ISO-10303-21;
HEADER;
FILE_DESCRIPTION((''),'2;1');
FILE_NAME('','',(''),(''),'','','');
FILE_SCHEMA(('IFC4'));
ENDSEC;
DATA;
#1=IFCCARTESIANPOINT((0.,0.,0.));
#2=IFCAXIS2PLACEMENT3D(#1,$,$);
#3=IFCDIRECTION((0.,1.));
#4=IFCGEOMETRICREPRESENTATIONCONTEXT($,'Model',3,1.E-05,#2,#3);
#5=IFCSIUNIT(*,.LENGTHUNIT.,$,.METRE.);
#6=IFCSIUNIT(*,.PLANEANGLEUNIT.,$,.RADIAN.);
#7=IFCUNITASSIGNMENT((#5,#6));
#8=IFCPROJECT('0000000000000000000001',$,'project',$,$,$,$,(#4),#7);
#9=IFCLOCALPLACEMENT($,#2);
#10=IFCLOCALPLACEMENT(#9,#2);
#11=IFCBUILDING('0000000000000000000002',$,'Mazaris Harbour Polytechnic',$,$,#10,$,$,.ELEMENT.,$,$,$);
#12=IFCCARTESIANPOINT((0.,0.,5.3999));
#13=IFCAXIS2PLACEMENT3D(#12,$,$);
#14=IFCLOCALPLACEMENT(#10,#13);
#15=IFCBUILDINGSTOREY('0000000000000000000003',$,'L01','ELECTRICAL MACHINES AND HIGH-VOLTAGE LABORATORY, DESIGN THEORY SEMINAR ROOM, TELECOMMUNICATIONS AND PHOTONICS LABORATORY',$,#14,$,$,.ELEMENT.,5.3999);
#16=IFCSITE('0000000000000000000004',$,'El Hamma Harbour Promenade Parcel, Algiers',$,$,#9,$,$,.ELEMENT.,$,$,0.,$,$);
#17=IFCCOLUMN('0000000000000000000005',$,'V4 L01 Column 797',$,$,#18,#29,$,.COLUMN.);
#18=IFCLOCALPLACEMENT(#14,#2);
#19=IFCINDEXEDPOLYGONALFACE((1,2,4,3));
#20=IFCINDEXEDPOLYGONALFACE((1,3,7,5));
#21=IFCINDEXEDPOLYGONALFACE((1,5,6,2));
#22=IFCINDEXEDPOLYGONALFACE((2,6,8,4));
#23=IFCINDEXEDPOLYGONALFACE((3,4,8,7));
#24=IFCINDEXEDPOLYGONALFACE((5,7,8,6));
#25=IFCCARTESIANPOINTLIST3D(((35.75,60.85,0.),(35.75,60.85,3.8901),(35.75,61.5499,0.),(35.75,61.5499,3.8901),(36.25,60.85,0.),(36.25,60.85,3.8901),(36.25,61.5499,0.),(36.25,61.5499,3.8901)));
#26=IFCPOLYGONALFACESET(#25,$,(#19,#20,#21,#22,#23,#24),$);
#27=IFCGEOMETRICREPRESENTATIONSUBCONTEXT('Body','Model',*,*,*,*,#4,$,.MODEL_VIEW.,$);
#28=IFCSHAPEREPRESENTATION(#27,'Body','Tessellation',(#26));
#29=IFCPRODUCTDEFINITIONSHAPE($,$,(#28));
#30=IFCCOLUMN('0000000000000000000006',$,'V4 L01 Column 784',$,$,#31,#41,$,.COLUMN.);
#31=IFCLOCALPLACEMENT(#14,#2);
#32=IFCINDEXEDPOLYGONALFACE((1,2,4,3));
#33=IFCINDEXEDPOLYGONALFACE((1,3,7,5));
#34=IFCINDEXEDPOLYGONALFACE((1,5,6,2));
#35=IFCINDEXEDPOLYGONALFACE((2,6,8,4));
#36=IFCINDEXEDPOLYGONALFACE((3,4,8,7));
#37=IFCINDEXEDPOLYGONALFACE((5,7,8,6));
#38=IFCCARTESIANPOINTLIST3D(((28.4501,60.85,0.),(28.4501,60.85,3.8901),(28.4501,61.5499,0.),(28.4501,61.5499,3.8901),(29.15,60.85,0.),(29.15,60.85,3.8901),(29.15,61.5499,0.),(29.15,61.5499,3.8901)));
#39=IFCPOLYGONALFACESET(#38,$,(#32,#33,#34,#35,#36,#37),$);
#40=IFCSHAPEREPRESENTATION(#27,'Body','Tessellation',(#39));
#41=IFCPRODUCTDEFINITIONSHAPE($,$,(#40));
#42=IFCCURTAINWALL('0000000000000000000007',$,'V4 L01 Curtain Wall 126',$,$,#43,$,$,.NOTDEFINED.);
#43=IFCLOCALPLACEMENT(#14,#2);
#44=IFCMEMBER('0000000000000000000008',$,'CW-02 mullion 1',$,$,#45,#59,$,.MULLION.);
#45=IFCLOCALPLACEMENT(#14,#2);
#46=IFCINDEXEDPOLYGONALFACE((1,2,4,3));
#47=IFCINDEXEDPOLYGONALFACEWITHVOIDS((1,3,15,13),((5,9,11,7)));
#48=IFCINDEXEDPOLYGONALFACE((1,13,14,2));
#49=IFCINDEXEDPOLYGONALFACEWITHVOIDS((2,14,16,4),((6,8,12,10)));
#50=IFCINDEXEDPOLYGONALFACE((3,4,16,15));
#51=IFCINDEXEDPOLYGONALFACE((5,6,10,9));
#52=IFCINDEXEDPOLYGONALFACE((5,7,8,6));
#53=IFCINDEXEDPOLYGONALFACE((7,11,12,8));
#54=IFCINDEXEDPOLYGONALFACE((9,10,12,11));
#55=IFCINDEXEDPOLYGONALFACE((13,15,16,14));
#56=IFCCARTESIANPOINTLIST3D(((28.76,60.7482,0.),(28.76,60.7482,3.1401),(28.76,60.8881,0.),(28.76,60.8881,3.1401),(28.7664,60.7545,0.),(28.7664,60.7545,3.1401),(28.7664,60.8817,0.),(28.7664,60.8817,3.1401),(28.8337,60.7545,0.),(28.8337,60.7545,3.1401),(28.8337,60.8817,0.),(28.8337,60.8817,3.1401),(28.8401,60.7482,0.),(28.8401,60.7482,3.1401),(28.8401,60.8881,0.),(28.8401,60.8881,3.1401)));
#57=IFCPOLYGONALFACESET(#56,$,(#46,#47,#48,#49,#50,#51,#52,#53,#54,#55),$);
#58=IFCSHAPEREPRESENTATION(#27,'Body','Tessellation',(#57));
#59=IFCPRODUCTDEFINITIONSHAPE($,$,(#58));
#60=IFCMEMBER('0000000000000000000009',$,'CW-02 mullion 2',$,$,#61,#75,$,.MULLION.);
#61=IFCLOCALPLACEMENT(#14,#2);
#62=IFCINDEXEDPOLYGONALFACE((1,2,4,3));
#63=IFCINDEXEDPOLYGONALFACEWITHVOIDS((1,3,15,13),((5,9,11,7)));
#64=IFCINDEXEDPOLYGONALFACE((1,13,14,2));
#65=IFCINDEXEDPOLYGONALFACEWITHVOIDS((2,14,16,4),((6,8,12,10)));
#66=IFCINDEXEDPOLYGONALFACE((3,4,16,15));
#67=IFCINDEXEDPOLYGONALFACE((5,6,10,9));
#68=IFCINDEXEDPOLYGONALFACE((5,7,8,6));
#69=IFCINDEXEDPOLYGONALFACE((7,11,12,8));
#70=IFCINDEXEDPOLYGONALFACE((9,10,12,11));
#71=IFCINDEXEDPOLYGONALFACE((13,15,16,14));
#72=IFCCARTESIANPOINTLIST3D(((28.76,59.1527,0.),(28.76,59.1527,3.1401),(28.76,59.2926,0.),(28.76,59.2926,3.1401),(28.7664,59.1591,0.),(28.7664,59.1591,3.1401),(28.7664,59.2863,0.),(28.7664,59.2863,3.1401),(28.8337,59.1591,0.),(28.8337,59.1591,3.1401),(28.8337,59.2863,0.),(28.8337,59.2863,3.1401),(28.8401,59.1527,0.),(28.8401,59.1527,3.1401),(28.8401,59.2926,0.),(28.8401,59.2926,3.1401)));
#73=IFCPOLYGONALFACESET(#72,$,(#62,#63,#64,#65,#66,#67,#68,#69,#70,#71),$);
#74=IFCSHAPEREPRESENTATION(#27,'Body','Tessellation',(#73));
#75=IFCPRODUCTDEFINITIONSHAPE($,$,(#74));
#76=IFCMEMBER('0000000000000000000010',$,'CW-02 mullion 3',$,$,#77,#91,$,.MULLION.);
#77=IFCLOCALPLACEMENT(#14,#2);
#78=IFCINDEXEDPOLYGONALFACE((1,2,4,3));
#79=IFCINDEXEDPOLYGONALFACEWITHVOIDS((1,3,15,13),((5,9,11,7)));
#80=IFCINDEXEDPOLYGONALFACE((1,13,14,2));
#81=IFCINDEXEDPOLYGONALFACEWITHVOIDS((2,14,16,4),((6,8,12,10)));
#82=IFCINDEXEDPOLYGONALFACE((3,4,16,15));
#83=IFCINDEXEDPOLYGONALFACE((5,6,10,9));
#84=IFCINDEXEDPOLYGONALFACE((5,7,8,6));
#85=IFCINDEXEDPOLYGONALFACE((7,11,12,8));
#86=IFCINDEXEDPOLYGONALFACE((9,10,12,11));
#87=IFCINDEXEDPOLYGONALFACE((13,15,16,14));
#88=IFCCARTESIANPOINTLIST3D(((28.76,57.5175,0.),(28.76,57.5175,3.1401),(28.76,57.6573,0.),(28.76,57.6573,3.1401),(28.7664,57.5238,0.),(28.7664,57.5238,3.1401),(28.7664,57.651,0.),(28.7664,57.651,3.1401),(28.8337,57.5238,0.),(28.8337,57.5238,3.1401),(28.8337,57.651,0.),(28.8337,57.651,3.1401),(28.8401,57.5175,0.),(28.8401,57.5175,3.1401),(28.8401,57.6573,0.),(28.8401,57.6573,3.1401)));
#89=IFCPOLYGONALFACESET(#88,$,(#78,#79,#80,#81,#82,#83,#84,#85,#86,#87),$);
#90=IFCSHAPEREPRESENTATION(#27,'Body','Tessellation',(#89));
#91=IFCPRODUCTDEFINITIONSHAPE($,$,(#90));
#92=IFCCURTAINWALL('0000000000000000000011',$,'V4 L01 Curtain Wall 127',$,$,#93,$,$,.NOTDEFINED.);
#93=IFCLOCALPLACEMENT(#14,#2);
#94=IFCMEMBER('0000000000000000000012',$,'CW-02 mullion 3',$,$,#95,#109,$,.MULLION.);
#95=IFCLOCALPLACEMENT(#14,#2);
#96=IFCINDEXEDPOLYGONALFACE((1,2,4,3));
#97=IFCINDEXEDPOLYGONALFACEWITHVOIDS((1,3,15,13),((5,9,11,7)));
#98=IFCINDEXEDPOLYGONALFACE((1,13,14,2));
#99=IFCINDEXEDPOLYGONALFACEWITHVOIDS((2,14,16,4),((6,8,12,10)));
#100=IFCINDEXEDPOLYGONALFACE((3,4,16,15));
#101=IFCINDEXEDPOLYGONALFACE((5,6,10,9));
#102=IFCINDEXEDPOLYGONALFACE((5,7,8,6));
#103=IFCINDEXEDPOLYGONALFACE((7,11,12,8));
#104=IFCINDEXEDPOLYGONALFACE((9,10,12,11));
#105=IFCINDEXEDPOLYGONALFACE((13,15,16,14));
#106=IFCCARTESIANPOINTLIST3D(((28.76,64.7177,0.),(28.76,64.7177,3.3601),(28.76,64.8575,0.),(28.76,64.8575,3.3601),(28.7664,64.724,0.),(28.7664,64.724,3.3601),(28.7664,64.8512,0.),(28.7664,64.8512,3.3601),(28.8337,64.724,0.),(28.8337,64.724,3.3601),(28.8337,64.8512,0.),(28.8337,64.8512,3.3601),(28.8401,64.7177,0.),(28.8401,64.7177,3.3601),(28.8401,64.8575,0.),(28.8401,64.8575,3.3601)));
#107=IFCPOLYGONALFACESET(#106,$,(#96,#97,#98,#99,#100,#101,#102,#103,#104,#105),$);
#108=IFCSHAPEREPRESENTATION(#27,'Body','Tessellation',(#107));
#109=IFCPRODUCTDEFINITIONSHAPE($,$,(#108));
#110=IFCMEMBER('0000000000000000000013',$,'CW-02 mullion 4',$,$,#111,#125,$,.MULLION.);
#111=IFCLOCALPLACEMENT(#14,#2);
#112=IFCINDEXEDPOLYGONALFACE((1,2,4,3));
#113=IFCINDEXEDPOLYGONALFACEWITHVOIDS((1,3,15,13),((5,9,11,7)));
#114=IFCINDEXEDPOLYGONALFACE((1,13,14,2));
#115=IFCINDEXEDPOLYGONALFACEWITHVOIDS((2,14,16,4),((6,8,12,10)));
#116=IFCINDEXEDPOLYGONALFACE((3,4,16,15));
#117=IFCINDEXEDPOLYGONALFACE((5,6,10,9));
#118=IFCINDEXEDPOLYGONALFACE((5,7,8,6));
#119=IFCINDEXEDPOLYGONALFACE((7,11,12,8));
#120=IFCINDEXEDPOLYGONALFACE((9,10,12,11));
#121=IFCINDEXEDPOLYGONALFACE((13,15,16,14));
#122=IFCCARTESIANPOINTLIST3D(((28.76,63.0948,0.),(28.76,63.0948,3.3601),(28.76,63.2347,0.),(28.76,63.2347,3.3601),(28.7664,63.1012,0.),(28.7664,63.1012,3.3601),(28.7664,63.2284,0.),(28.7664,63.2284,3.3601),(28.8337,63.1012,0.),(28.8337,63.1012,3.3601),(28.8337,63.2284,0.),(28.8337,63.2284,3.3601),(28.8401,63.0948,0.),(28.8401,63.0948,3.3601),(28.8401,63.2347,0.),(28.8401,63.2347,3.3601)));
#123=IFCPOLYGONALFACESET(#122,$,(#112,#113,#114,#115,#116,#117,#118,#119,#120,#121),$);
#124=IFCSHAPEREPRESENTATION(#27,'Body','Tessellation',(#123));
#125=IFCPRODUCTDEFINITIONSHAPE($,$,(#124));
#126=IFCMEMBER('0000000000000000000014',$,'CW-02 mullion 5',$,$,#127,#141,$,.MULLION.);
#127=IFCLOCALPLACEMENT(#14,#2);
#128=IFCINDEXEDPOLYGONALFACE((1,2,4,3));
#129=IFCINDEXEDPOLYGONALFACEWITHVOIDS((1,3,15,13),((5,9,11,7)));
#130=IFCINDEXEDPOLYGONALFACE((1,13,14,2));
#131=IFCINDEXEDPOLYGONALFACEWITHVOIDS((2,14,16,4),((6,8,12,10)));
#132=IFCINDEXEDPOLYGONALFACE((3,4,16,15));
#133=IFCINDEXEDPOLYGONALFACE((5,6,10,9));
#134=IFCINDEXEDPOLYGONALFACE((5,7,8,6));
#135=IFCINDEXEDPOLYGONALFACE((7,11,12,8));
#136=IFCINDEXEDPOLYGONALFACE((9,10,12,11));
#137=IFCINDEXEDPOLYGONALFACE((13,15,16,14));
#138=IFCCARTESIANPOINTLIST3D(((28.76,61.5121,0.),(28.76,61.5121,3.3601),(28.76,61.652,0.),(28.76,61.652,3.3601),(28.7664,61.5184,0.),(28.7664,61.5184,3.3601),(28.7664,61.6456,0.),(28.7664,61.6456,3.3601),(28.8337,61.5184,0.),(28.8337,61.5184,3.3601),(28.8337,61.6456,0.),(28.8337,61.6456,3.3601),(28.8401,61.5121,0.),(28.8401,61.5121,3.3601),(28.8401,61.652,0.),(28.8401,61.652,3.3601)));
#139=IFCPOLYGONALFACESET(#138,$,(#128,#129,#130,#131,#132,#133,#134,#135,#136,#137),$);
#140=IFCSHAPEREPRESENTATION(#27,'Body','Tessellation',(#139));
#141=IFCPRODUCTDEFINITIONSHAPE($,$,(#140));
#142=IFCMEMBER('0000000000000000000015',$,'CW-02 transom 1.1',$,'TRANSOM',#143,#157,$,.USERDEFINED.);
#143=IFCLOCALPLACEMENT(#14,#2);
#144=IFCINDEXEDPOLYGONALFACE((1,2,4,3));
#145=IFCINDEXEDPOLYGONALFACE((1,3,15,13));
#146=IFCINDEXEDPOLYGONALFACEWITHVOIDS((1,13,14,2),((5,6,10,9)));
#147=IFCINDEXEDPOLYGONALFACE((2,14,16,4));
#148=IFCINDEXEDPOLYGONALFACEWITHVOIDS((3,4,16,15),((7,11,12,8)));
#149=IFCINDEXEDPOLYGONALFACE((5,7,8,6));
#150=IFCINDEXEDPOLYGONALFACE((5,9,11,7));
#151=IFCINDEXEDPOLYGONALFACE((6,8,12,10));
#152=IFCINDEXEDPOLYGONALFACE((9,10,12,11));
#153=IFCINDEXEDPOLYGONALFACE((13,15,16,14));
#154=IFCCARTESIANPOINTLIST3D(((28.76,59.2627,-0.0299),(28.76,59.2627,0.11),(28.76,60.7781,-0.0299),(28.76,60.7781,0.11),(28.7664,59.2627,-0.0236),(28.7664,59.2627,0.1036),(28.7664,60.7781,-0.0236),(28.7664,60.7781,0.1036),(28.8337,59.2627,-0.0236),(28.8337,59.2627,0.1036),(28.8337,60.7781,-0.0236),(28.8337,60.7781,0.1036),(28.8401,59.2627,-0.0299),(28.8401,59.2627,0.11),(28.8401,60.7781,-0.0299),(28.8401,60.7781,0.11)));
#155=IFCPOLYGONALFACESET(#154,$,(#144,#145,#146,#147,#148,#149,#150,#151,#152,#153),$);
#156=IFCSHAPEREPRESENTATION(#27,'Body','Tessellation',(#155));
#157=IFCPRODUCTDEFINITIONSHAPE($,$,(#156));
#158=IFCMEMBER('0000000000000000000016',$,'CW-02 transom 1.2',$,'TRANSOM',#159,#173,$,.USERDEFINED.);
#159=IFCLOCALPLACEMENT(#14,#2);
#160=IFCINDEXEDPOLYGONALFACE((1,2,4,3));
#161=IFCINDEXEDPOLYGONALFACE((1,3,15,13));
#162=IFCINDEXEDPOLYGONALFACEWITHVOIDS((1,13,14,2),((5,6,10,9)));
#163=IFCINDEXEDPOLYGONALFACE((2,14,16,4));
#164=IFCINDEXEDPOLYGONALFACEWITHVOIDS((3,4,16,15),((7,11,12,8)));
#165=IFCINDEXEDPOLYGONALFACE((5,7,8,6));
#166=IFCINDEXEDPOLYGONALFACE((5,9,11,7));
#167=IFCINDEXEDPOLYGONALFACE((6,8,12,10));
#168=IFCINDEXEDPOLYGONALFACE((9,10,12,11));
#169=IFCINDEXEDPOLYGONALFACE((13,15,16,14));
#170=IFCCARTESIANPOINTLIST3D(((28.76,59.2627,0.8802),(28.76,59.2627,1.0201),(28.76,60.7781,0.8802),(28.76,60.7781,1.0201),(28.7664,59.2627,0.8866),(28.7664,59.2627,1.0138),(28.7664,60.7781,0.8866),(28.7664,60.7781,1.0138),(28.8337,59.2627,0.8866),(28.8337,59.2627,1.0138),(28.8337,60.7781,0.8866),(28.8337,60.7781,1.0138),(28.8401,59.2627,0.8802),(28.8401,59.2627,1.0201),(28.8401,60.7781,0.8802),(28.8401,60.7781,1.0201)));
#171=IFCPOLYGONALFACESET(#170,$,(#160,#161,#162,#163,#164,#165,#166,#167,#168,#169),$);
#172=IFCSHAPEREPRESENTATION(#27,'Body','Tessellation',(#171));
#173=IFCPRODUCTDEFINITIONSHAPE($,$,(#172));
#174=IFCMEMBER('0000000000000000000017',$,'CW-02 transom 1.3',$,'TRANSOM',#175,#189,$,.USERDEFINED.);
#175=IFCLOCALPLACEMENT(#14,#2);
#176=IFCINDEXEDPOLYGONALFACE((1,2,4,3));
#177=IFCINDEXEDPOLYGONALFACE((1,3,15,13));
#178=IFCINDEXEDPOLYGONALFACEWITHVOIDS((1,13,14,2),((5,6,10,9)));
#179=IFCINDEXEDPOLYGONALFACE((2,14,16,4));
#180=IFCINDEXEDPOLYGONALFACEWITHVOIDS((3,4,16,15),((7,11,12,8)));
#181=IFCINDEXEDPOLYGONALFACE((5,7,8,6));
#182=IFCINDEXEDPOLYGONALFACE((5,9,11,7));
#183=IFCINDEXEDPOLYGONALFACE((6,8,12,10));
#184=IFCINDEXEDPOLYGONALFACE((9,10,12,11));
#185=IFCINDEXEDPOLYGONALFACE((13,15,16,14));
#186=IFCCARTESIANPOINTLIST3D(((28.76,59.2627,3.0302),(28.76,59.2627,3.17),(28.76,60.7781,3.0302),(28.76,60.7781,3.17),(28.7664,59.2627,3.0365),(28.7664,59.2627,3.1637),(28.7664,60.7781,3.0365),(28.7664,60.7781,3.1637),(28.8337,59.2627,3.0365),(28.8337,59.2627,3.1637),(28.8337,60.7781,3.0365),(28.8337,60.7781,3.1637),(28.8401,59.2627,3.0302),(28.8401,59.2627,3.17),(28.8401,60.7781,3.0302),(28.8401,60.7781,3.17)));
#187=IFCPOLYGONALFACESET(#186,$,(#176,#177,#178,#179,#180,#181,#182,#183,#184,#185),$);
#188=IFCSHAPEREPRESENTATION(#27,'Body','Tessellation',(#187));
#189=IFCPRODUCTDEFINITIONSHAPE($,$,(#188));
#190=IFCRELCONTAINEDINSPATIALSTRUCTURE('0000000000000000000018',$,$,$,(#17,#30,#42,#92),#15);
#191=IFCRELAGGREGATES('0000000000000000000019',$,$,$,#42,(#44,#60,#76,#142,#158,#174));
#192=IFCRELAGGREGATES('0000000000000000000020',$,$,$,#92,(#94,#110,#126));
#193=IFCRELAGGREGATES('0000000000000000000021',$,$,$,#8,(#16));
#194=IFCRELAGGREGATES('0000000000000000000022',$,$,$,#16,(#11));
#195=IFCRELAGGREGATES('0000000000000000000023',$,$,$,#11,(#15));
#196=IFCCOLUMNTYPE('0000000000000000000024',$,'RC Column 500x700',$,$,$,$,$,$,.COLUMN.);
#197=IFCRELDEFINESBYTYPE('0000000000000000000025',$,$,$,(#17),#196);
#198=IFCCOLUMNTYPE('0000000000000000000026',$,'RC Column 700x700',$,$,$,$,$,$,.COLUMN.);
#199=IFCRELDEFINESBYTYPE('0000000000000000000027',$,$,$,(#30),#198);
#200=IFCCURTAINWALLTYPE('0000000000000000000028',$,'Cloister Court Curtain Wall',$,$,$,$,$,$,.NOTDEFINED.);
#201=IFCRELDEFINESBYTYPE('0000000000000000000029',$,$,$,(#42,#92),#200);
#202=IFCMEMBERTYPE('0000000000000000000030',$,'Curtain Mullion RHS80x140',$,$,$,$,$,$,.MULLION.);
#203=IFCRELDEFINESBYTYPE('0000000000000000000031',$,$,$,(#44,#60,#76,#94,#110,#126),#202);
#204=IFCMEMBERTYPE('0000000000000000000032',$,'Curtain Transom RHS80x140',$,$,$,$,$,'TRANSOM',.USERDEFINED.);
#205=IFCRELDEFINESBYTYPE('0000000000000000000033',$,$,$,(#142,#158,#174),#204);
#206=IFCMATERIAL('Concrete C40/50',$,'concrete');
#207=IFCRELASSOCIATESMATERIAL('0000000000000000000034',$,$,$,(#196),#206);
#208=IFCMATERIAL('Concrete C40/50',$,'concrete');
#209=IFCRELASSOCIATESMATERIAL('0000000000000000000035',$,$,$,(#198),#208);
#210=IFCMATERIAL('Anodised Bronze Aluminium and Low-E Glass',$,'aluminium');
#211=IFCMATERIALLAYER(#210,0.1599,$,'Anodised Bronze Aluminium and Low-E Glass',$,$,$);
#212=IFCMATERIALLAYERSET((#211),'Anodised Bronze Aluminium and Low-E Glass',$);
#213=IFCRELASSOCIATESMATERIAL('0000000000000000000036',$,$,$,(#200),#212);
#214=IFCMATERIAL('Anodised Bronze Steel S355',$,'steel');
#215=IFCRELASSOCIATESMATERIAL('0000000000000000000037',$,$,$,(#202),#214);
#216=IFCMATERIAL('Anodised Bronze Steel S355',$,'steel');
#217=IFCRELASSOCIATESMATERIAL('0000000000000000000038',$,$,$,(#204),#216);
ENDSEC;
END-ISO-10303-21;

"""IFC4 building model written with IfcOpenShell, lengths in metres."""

from ifc_helpers import new_model, si_unit, direction, frame, origin, origin_2d, place, context, subcontext, project, spatial, rectangle, hollow_rectangle, extrude, material, layer, layer_set, material_profile, profile_set, type_object, element, aggregate, save


model = new_model("IFC4")

# Units and contexts
model_context = context("Model", 3, precision=1e-05, world=origin(), true_north=direction((0.0, 1.0)))
body_context = subcontext(model_context, "Body", "Model", "MODEL_VIEW")
ifc_project = project(units=[si_unit("LENGTHUNIT", "METRE"), si_unit("PLANEANGLEUNIT", "RADIAN")], contexts=[model_context])

# Site, building, storey
site_placement = place(None, origin())
site = spatial("IfcSite", under=ifc_project, at=site_placement, Name="El Hamma Harbour Promenade Parcel, Algiers", CompositionType="ELEMENT", RefElevation=0.0)
building_placement = place(site_placement, origin())
building = spatial("IfcBuilding", under=site, at=building_placement, Name="Mazaris Harbour Polytechnic", CompositionType="ELEMENT")
storey_placement = place(building_placement, frame((0.0, 0.0, 5.3999)))
storey = spatial("IfcBuildingStorey", under=building, at=storey_placement, Name="L01", Description="ELECTRICAL MACHINES AND HIGH-VOLTAGE LABORATORY, DESIGN THEORY SEMINAR ROOM, TELECOMMUNICATIONS AND PHOTONICS LABORATORY", CompositionType="ELEMENT", Elevation=5.3999)

# Columns
ifc_material_1 = material(Name="Concrete C40/50", Category="concrete")
ifc_material_profile_1 = material_profile(ifc_material_1, rectangle(XDim=0.5, YDim=0.7, at=origin_2d()), Name="RECT500x700")
ifc_profile_set_1 = profile_set([ifc_material_profile_1], Name="Concrete C40/50")
column_type_1 = type_object("IfcColumnType", Name="RC Column 500x700", PredefinedType="COLUMN", material=ifc_profile_set_1)
column_1_placement = place(storey_placement, frame((36.0, 61.2, 0.0), z_axis=(0.0, 0.0, 1.0), x_axis=(1.0, 0.0, 0.0)))
element("IfcColumn", 1, at=column_1_placement, inside=storey, type_object=column_type_1, Name="V4 L01 Column 797", PredefinedType="COLUMN", context=body_context, shape_type="SweptSolid", body=[
    extrude(rectangle(XDim=0.5, YDim=0.7, at=origin_2d()), origin(), (0.0, 0.0, 1.0), 3.8901),
])
ifc_material_2 = material(Name="Concrete C40/50", Category="concrete")
ifc_material_profile_2 = material_profile(ifc_material_2, rectangle(XDim=0.7, YDim=0.7, at=origin_2d()), Name="RECT700x700")
ifc_profile_set_2 = profile_set([ifc_material_profile_2], Name="Concrete C40/50")
column_type_2 = type_object("IfcColumnType", Name="RC Column 700x700", PredefinedType="COLUMN", material=ifc_profile_set_2)
column_2_placement = place(storey_placement, frame((28.8, 61.2, 0.0), z_axis=(0.0, 0.0, 1.0), x_axis=(1.0, 0.0, 0.0)))
element("IfcColumn", 2, at=column_2_placement, inside=storey, type_object=column_type_2, Name="V4 L01 Column 784", PredefinedType="COLUMN", context=body_context, shape_type="SweptSolid", body=[
    extrude(rectangle(XDim=0.7, YDim=0.7, at=origin_2d()), origin(), (0.0, 0.0, 1.0), 3.8901),
])

# Curtain walls, members
ifc_material_3 = material(Name="Anodised Bronze Aluminium and Low-E Glass", Category="aluminium")
ifc_layer_1 = layer(ifc_material_3, 0.1599, Name="Anodised Bronze Aluminium and Low-E Glass")
ifc_layer_set_1 = layer_set([ifc_layer_1], Name="Anodised Bronze Aluminium and Low-E Glass")
curtain_wall_type = type_object("IfcCurtainWallType", Name="Cloister Court Curtain Wall", PredefinedType="NOTDEFINED", material=ifc_layer_set_1)
curtain_wall_1_placement = place(storey_placement, origin())
curtain_wall_1 = element("IfcCurtainWall", 3, at=curtain_wall_1_placement, inside=storey, type_object=curtain_wall_type, Name="V4 L01 Curtain Wall 126", PredefinedType="NOTDEFINED")
ifc_material_4 = material(Name="Anodised Bronze Steel S355", Category="steel")
ifc_material_profile_3 = material_profile(ifc_material_4, hollow_rectangle(XDim=0.0801, YDim=0.1399, WallThickness=0.0063, at=origin_2d()), Name="RHS 80x140x6.3")
ifc_profile_set_3 = profile_set([ifc_material_profile_3], Name="Anodised Bronze Steel S355")
member_type_1 = type_object("IfcMemberType", Name="Curtain Mullion RHS80x140", PredefinedType="MULLION", material=ifc_profile_set_3)
member_1_placement = place(storey_placement, frame((28.8, 60.8181, 0.0), z_axis=(0.0, 0.0, 1.0), x_axis=(1.0, 0.0, 0.0)))
member_1 = element("IfcMember", 4, at=member_1_placement, type_object=member_type_1, Name="CW-02 mullion 1", PredefinedType="MULLION", context=body_context, shape_type="SweptSolid", body=[
    extrude(hollow_rectangle(XDim=0.0801, YDim=0.1399, WallThickness=0.0063, at=origin_2d()), origin(), (0.0, 0.0, 1.0), 3.1401),
])
member_2_placement = place(storey_placement, frame((28.8, 59.2227, 0.0), z_axis=(0.0, 0.0, 1.0), x_axis=(1.0, 0.0, 0.0)))
member_2 = element("IfcMember", 5, at=member_2_placement, type_object=member_type_1, Name="CW-02 mullion 2", PredefinedType="MULLION", context=body_context, shape_type="SweptSolid", body=[
    extrude(hollow_rectangle(XDim=0.0801, YDim=0.1399, WallThickness=0.0063, at=origin_2d()), origin(), (0.0, 0.0, 1.0), 3.1401),
])
member_3_placement = place(storey_placement, frame((28.8, 57.5874, 0.0), z_axis=(0.0, 0.0, 1.0), x_axis=(1.0, 0.0, 0.0)))
member_3 = element("IfcMember", 6, at=member_3_placement, type_object=member_type_1, Name="CW-02 mullion 3", PredefinedType="MULLION", context=body_context, shape_type="SweptSolid", body=[
    extrude(hollow_rectangle(XDim=0.0801, YDim=0.1399, WallThickness=0.0063, at=origin_2d()), origin(), (0.0, 0.0, 1.0), 3.1401),
])
curtain_wall_2_placement = place(storey_placement, origin())
curtain_wall_2 = element("IfcCurtainWall", 7, at=curtain_wall_2_placement, inside=storey, type_object=curtain_wall_type, Name="V4 L01 Curtain Wall 127", PredefinedType="NOTDEFINED")
member_4_placement = place(storey_placement, frame((28.8, 64.7876, 0.0), z_axis=(0.0, 0.0, 1.0), x_axis=(1.0, 0.0, 0.0)))
member_4 = element("IfcMember", 8, at=member_4_placement, type_object=member_type_1, Name="CW-02 mullion 3", PredefinedType="MULLION", context=body_context, shape_type="SweptSolid", body=[
    extrude(hollow_rectangle(XDim=0.0801, YDim=0.1399, WallThickness=0.0063, at=origin_2d()), origin(), (0.0, 0.0, 1.0), 3.3601),
])
member_5_placement = place(storey_placement, frame((28.8, 63.1648, 0.0), z_axis=(0.0, 0.0, 1.0), x_axis=(1.0, 0.0, 0.0)))
member_5 = element("IfcMember", 9, at=member_5_placement, type_object=member_type_1, Name="CW-02 mullion 4", PredefinedType="MULLION", context=body_context, shape_type="SweptSolid", body=[
    extrude(hollow_rectangle(XDim=0.0801, YDim=0.1399, WallThickness=0.0063, at=origin_2d()), origin(), (0.0, 0.0, 1.0), 3.3601),
])
member_6_placement = place(storey_placement, frame((28.8, 61.582, 0.0), z_axis=(0.0, 0.0, 1.0), x_axis=(1.0, 0.0, 0.0)))
member_6 = element("IfcMember", 10, at=member_6_placement, type_object=member_type_1, Name="CW-02 mullion 5", PredefinedType="MULLION", context=body_context, shape_type="SweptSolid", body=[
    extrude(hollow_rectangle(XDim=0.0801, YDim=0.1399, WallThickness=0.0063, at=origin_2d()), origin(), (0.0, 0.0, 1.0), 3.3601),
])

# Members
ifc_material_5 = material(Name="Anodised Bronze Steel S355", Category="steel")
ifc_material_profile_4 = material_profile(ifc_material_5, hollow_rectangle(XDim=0.0801, YDim=0.1399, WallThickness=0.0063, at=origin_2d()), Name="RHS 80x140x6.3")
ifc_profile_set_4 = profile_set([ifc_material_profile_4], Name="Anodised Bronze Steel S355")
member_type_2 = type_object("IfcMemberType", Name="Curtain Transom RHS80x140", ElementType="TRANSOM", PredefinedType="USERDEFINED", material=ifc_profile_set_4)
member_7_placement = place(storey_placement, frame((28.8, 60.7781, 0.04), z_axis=(0.0, -1.0, 0.0), x_axis=(1.0, 0.0, 0.0)))
member_7 = element("IfcMember", 11, at=member_7_placement, type_object=member_type_2, Name="CW-02 transom 1.1", ObjectType="TRANSOM", PredefinedType="USERDEFINED", context=body_context, shape_type="SweptSolid", body=[
    extrude(hollow_rectangle(XDim=0.0801, YDim=0.1399, WallThickness=0.0063, at=origin_2d()), origin(), (0.0, 0.0, 1.0), 1.5154),
])
member_8_placement = place(storey_placement, frame((28.8, 60.7781, 0.9502), z_axis=(0.0, -1.0, 0.0), x_axis=(1.0, 0.0, 0.0)))
member_8 = element("IfcMember", 12, at=member_8_placement, type_object=member_type_2, Name="CW-02 transom 1.2", ObjectType="TRANSOM", PredefinedType="USERDEFINED", context=body_context, shape_type="SweptSolid", body=[
    extrude(hollow_rectangle(XDim=0.0801, YDim=0.1399, WallThickness=0.0063, at=origin_2d()), origin(), (0.0, 0.0, 1.0), 1.5154),
])
member_9_placement = place(storey_placement, frame((28.8, 60.7781, 3.1001), z_axis=(0.0, -1.0, 0.0), x_axis=(1.0, 0.0, 0.0)))
member_9 = element("IfcMember", 13, at=member_9_placement, type_object=member_type_2, Name="CW-02 transom 1.3", ObjectType="TRANSOM", PredefinedType="USERDEFINED", context=body_context, shape_type="SweptSolid", body=[
    extrude(hollow_rectangle(XDim=0.0801, YDim=0.1399, WallThickness=0.0063, at=origin_2d()), origin(), (0.0, 0.0, 1.0), 1.5154),
])

aggregate(curtain_wall_1, [member_1, member_2, member_3, member_7, member_8, member_9])
aggregate(curtain_wall_2, [member_4, member_5, member_6])

save(model, "model.ifc")
